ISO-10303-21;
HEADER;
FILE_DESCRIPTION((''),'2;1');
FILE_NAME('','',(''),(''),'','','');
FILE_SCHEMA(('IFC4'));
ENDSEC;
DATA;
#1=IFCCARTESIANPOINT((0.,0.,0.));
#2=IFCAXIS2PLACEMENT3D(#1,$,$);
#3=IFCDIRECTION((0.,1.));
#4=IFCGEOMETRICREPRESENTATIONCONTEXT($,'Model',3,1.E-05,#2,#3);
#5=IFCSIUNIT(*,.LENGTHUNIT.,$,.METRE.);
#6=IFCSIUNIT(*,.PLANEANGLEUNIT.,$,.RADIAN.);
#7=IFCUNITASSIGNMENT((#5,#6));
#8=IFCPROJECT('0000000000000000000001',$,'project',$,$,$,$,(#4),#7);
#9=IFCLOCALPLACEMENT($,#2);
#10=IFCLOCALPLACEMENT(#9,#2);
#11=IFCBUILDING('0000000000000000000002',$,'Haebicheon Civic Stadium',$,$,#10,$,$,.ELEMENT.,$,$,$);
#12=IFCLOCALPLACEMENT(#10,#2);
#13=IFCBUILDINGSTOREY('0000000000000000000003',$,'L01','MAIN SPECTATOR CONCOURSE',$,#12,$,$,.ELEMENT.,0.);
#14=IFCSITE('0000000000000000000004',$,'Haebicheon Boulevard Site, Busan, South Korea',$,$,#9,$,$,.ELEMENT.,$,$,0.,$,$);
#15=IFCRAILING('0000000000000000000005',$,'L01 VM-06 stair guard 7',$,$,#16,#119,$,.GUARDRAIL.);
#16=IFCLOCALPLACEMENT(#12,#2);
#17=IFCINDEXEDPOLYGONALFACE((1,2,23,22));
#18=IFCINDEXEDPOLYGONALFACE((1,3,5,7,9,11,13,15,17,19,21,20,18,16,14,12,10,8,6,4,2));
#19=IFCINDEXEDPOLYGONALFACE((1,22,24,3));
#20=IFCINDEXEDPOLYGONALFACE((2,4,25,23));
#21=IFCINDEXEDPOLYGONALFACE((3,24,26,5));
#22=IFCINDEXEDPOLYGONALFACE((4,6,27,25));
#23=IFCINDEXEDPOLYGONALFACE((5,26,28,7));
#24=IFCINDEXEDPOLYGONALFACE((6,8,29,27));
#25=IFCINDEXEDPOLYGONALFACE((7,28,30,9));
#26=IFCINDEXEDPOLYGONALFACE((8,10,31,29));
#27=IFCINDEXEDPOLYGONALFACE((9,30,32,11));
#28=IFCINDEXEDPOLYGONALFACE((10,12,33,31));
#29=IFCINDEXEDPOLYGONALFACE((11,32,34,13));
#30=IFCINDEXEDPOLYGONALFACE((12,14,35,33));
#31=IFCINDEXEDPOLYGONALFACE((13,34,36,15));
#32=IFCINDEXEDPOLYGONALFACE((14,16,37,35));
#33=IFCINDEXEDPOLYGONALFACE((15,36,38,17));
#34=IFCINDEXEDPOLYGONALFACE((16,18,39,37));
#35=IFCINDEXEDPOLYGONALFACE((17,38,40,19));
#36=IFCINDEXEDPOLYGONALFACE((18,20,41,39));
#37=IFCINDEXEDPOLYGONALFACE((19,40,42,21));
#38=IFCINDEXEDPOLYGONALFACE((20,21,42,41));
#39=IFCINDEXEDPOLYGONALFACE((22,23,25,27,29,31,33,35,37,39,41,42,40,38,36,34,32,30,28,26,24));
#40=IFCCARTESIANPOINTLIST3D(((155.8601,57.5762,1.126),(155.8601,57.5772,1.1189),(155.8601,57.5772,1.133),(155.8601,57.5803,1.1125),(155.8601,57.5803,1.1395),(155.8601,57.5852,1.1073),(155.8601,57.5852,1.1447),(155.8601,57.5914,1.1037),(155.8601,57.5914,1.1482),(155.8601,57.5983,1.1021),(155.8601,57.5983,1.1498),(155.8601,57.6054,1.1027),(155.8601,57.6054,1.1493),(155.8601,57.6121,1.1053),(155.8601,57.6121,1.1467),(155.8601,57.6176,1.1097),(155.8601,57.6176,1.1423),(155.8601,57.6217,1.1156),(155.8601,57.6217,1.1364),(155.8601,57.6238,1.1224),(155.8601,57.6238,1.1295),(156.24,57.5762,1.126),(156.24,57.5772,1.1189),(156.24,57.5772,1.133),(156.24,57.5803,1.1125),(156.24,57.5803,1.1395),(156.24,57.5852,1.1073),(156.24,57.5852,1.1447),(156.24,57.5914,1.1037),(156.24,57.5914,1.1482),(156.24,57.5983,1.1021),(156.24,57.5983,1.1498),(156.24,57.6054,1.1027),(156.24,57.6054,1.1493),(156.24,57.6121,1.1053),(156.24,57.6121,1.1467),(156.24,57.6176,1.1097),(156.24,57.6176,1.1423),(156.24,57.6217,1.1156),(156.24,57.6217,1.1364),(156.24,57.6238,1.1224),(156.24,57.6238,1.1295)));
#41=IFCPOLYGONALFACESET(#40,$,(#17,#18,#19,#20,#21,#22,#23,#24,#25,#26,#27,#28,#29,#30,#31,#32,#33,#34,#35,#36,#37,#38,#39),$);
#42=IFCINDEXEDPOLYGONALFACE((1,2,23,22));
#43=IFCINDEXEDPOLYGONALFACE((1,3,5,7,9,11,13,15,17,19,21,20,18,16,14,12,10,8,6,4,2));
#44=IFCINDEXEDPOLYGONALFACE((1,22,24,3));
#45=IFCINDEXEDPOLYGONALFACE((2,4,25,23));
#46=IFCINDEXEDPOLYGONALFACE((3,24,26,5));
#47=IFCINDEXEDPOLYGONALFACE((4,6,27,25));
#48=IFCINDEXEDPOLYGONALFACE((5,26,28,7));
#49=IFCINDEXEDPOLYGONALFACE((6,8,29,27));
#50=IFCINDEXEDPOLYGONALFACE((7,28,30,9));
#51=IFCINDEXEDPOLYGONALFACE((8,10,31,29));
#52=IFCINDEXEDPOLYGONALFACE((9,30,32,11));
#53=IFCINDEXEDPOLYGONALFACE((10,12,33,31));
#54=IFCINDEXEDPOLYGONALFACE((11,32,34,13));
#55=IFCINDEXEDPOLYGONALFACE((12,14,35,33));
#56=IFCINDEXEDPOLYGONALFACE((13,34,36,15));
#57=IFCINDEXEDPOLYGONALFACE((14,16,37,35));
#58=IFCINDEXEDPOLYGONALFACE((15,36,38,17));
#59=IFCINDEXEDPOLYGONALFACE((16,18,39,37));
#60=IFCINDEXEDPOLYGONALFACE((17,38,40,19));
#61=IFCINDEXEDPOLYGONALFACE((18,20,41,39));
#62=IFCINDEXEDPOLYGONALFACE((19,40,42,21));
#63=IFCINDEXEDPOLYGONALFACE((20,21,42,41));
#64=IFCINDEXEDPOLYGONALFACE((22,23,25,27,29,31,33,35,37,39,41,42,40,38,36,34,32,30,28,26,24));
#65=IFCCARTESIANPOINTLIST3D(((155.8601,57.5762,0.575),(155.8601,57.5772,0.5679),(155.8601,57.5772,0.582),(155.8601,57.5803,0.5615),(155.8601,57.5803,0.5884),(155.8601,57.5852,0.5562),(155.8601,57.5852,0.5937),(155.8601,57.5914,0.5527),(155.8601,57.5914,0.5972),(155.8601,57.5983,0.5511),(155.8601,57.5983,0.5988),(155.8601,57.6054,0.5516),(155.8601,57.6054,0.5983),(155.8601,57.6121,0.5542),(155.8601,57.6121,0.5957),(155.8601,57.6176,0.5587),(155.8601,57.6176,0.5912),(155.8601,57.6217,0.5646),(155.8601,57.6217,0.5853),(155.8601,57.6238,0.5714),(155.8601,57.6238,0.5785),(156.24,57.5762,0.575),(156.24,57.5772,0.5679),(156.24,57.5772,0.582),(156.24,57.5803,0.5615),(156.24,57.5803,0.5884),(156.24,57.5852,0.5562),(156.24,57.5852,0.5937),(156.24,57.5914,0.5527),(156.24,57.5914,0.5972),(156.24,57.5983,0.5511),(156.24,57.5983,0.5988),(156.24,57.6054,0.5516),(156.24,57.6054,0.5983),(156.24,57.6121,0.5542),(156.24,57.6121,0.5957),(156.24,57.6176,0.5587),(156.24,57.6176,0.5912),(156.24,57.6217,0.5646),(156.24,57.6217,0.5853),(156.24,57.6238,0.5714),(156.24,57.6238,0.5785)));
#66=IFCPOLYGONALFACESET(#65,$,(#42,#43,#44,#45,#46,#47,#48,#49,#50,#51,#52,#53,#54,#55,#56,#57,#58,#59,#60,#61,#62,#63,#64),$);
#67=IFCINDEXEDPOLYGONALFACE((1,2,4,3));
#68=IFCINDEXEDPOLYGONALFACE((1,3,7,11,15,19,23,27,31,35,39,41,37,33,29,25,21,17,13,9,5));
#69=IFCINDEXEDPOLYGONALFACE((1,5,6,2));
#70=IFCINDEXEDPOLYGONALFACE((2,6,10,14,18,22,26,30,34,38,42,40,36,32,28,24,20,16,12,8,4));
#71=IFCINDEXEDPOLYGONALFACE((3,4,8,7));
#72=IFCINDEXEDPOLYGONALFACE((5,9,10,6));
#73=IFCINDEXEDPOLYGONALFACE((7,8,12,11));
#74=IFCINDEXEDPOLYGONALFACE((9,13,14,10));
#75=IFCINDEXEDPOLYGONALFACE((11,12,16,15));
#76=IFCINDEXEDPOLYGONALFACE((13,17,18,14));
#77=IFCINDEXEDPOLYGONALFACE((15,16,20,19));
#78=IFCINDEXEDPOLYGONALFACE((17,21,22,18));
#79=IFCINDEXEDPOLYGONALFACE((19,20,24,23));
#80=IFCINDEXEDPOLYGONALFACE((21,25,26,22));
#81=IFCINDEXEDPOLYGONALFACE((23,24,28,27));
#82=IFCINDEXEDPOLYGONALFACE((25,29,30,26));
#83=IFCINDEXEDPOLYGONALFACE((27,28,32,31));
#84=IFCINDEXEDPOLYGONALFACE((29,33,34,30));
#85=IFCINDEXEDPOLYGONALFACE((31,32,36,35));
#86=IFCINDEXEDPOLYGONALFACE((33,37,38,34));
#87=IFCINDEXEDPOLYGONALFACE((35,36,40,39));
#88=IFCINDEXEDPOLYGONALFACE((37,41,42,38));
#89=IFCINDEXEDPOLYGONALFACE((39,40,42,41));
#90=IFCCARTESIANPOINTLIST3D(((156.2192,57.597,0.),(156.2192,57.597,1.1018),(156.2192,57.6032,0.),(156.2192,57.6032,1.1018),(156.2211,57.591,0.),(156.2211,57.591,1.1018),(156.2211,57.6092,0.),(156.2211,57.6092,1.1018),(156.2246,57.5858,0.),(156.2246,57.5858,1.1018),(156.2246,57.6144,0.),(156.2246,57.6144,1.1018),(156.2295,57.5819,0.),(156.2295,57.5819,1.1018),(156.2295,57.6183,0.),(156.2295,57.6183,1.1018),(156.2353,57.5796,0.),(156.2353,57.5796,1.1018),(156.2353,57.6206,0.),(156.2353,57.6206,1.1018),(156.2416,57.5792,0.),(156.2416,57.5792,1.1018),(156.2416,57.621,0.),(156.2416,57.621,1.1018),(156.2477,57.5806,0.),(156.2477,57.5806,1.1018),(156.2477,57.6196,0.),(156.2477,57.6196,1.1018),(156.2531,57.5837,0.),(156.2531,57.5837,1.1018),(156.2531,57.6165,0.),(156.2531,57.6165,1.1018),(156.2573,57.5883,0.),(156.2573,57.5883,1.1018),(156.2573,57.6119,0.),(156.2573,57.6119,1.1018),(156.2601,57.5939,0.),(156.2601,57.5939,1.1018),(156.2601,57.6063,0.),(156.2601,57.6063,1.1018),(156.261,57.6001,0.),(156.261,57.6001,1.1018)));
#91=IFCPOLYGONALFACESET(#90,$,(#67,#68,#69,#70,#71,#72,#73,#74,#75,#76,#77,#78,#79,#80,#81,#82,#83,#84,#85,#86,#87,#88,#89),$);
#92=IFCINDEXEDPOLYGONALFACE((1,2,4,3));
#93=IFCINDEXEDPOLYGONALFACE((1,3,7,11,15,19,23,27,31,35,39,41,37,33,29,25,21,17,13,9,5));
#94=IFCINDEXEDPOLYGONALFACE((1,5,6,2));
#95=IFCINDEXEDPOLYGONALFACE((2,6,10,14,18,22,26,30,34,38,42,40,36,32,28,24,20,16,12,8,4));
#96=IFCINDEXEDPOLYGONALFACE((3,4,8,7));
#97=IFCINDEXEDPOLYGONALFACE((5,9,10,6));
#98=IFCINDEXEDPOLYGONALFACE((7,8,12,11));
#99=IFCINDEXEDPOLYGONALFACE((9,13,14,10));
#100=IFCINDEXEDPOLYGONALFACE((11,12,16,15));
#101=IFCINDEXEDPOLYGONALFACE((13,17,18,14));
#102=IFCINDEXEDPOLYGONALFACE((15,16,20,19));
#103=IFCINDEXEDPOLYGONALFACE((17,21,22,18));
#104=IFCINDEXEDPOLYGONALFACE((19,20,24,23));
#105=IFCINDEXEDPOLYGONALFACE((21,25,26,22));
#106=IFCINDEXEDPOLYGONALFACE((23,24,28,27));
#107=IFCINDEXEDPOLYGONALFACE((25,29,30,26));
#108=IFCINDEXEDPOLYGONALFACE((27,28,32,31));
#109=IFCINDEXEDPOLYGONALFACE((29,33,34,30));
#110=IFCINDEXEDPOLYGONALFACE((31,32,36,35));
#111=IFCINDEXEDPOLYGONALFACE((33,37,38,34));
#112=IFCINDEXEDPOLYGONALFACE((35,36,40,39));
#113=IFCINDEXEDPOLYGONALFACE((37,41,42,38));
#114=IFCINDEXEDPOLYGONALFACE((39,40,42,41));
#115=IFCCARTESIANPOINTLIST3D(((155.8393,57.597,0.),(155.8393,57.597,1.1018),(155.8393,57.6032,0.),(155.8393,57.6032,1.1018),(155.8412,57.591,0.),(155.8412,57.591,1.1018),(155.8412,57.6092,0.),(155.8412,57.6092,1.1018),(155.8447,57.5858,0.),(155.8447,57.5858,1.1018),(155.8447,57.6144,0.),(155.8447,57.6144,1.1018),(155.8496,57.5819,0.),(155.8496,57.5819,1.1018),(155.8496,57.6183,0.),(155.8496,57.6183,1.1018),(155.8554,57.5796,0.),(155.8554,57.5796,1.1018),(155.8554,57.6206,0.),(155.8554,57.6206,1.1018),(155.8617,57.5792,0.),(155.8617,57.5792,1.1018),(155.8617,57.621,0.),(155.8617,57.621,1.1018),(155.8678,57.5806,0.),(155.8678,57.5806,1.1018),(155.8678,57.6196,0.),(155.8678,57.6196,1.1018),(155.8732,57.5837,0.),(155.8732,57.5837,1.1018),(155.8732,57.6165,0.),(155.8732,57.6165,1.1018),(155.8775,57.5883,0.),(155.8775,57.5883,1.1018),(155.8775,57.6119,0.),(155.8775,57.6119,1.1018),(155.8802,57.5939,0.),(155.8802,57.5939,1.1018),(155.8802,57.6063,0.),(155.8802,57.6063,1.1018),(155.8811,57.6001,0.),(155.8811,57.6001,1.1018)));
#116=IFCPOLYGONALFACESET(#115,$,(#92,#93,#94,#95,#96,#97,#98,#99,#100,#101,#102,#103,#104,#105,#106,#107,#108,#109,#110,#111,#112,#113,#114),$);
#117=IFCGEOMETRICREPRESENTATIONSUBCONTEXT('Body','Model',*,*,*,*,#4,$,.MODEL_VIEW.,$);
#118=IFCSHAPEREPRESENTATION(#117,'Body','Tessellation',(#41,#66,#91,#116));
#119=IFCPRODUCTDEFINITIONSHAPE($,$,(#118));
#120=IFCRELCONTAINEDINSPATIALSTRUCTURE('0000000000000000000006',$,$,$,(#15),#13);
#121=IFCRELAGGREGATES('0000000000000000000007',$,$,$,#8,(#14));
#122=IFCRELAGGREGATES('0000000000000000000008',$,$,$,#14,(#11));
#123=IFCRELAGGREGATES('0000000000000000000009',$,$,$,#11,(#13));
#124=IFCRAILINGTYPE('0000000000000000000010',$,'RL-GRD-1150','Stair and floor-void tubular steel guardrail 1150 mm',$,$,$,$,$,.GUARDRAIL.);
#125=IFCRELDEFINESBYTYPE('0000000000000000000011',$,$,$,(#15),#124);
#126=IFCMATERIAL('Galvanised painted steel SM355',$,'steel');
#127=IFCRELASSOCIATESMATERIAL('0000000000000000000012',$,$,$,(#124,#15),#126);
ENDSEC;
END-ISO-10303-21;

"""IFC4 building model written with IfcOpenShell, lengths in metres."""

from ifc_helpers import new_model, si_unit, direction, frame, origin, origin_2d, place, context, subcontext, project, spatial, circle, extrude, material, type_object, element, save


model = new_model("IFC4")

# Units and contexts
model_context = context("Model", 3, precision=1e-05, world=origin(), true_north=direction((0.0, 1.0)))
body_context = subcontext(model_context, "Body", "Model", "MODEL_VIEW")
ifc_project = project(units=[si_unit("LENGTHUNIT", "METRE"), si_unit("PLANEANGLEUNIT", "RADIAN")], contexts=[model_context])

# Site, building, storey
site_placement = place(None, origin())
site = spatial("IfcSite", under=ifc_project, at=site_placement, Name="Haebicheon Boulevard Site, Busan, South Korea", CompositionType="ELEMENT", RefElevation=0.0)
building_placement = place(site_placement, origin())
building = spatial("IfcBuilding", under=site, at=building_placement, Name="Haebicheon Civic Stadium", CompositionType="ELEMENT")
storey_placement = place(building_placement, origin())
storey = spatial("IfcBuildingStorey", under=building, at=storey_placement, Name="L01", Description="MAIN SPECTATOR CONCOURSE", CompositionType="ELEMENT", Elevation=0.0)

# Railing
ifc_material_1 = material(Name="Galvanised painted steel SM355", Category="steel")
railing_type_1 = type_object("IfcRailingType", Name="RL-GRD-1150", Description="Stair and floor-void tubular steel guardrail 1150 mm", PredefinedType="GUARDRAIL", material=ifc_material_1)
railing_1_placement = place(storey_placement, frame((156.24, 57.6001, 0.0)))
element("IfcRailing", 1, at=railing_1_placement, inside=storey, type_object=railing_type_1, material=ifc_material_1, Name="L01 VM-06 stair guard 7", PredefinedType="GUARDRAIL", context=body_context, shape_type="SweptSolid", body=[
    extrude(circle(Radius=0.0239, at=origin_2d()), frame((0.0, 0.0, 1.126), z_axis=(-1.0, 0.0, 0.0), x_axis=(0.0, -1.0, 0.0)), (0.0, 0.0, 1.0), 0.3799),
    extrude(circle(Radius=0.0239, at=origin_2d()), frame((0.0, 0.0, 0.575), z_axis=(-1.0, 0.0, 0.0), x_axis=(0.0, -1.0, 0.0)), (0.0, 0.0, 1.0), 0.3799),
    extrude(circle(Radius=0.021, at=origin_2d()), origin(), (0.0, 0.0, 1.0), 1.1018),
    extrude(circle(Radius=0.021, at=origin_2d()), frame((-0.3799, 0.0, 0.0)), (0.0, 0.0, 1.0), 1.1018),
])

save(model, "model.ifc")
